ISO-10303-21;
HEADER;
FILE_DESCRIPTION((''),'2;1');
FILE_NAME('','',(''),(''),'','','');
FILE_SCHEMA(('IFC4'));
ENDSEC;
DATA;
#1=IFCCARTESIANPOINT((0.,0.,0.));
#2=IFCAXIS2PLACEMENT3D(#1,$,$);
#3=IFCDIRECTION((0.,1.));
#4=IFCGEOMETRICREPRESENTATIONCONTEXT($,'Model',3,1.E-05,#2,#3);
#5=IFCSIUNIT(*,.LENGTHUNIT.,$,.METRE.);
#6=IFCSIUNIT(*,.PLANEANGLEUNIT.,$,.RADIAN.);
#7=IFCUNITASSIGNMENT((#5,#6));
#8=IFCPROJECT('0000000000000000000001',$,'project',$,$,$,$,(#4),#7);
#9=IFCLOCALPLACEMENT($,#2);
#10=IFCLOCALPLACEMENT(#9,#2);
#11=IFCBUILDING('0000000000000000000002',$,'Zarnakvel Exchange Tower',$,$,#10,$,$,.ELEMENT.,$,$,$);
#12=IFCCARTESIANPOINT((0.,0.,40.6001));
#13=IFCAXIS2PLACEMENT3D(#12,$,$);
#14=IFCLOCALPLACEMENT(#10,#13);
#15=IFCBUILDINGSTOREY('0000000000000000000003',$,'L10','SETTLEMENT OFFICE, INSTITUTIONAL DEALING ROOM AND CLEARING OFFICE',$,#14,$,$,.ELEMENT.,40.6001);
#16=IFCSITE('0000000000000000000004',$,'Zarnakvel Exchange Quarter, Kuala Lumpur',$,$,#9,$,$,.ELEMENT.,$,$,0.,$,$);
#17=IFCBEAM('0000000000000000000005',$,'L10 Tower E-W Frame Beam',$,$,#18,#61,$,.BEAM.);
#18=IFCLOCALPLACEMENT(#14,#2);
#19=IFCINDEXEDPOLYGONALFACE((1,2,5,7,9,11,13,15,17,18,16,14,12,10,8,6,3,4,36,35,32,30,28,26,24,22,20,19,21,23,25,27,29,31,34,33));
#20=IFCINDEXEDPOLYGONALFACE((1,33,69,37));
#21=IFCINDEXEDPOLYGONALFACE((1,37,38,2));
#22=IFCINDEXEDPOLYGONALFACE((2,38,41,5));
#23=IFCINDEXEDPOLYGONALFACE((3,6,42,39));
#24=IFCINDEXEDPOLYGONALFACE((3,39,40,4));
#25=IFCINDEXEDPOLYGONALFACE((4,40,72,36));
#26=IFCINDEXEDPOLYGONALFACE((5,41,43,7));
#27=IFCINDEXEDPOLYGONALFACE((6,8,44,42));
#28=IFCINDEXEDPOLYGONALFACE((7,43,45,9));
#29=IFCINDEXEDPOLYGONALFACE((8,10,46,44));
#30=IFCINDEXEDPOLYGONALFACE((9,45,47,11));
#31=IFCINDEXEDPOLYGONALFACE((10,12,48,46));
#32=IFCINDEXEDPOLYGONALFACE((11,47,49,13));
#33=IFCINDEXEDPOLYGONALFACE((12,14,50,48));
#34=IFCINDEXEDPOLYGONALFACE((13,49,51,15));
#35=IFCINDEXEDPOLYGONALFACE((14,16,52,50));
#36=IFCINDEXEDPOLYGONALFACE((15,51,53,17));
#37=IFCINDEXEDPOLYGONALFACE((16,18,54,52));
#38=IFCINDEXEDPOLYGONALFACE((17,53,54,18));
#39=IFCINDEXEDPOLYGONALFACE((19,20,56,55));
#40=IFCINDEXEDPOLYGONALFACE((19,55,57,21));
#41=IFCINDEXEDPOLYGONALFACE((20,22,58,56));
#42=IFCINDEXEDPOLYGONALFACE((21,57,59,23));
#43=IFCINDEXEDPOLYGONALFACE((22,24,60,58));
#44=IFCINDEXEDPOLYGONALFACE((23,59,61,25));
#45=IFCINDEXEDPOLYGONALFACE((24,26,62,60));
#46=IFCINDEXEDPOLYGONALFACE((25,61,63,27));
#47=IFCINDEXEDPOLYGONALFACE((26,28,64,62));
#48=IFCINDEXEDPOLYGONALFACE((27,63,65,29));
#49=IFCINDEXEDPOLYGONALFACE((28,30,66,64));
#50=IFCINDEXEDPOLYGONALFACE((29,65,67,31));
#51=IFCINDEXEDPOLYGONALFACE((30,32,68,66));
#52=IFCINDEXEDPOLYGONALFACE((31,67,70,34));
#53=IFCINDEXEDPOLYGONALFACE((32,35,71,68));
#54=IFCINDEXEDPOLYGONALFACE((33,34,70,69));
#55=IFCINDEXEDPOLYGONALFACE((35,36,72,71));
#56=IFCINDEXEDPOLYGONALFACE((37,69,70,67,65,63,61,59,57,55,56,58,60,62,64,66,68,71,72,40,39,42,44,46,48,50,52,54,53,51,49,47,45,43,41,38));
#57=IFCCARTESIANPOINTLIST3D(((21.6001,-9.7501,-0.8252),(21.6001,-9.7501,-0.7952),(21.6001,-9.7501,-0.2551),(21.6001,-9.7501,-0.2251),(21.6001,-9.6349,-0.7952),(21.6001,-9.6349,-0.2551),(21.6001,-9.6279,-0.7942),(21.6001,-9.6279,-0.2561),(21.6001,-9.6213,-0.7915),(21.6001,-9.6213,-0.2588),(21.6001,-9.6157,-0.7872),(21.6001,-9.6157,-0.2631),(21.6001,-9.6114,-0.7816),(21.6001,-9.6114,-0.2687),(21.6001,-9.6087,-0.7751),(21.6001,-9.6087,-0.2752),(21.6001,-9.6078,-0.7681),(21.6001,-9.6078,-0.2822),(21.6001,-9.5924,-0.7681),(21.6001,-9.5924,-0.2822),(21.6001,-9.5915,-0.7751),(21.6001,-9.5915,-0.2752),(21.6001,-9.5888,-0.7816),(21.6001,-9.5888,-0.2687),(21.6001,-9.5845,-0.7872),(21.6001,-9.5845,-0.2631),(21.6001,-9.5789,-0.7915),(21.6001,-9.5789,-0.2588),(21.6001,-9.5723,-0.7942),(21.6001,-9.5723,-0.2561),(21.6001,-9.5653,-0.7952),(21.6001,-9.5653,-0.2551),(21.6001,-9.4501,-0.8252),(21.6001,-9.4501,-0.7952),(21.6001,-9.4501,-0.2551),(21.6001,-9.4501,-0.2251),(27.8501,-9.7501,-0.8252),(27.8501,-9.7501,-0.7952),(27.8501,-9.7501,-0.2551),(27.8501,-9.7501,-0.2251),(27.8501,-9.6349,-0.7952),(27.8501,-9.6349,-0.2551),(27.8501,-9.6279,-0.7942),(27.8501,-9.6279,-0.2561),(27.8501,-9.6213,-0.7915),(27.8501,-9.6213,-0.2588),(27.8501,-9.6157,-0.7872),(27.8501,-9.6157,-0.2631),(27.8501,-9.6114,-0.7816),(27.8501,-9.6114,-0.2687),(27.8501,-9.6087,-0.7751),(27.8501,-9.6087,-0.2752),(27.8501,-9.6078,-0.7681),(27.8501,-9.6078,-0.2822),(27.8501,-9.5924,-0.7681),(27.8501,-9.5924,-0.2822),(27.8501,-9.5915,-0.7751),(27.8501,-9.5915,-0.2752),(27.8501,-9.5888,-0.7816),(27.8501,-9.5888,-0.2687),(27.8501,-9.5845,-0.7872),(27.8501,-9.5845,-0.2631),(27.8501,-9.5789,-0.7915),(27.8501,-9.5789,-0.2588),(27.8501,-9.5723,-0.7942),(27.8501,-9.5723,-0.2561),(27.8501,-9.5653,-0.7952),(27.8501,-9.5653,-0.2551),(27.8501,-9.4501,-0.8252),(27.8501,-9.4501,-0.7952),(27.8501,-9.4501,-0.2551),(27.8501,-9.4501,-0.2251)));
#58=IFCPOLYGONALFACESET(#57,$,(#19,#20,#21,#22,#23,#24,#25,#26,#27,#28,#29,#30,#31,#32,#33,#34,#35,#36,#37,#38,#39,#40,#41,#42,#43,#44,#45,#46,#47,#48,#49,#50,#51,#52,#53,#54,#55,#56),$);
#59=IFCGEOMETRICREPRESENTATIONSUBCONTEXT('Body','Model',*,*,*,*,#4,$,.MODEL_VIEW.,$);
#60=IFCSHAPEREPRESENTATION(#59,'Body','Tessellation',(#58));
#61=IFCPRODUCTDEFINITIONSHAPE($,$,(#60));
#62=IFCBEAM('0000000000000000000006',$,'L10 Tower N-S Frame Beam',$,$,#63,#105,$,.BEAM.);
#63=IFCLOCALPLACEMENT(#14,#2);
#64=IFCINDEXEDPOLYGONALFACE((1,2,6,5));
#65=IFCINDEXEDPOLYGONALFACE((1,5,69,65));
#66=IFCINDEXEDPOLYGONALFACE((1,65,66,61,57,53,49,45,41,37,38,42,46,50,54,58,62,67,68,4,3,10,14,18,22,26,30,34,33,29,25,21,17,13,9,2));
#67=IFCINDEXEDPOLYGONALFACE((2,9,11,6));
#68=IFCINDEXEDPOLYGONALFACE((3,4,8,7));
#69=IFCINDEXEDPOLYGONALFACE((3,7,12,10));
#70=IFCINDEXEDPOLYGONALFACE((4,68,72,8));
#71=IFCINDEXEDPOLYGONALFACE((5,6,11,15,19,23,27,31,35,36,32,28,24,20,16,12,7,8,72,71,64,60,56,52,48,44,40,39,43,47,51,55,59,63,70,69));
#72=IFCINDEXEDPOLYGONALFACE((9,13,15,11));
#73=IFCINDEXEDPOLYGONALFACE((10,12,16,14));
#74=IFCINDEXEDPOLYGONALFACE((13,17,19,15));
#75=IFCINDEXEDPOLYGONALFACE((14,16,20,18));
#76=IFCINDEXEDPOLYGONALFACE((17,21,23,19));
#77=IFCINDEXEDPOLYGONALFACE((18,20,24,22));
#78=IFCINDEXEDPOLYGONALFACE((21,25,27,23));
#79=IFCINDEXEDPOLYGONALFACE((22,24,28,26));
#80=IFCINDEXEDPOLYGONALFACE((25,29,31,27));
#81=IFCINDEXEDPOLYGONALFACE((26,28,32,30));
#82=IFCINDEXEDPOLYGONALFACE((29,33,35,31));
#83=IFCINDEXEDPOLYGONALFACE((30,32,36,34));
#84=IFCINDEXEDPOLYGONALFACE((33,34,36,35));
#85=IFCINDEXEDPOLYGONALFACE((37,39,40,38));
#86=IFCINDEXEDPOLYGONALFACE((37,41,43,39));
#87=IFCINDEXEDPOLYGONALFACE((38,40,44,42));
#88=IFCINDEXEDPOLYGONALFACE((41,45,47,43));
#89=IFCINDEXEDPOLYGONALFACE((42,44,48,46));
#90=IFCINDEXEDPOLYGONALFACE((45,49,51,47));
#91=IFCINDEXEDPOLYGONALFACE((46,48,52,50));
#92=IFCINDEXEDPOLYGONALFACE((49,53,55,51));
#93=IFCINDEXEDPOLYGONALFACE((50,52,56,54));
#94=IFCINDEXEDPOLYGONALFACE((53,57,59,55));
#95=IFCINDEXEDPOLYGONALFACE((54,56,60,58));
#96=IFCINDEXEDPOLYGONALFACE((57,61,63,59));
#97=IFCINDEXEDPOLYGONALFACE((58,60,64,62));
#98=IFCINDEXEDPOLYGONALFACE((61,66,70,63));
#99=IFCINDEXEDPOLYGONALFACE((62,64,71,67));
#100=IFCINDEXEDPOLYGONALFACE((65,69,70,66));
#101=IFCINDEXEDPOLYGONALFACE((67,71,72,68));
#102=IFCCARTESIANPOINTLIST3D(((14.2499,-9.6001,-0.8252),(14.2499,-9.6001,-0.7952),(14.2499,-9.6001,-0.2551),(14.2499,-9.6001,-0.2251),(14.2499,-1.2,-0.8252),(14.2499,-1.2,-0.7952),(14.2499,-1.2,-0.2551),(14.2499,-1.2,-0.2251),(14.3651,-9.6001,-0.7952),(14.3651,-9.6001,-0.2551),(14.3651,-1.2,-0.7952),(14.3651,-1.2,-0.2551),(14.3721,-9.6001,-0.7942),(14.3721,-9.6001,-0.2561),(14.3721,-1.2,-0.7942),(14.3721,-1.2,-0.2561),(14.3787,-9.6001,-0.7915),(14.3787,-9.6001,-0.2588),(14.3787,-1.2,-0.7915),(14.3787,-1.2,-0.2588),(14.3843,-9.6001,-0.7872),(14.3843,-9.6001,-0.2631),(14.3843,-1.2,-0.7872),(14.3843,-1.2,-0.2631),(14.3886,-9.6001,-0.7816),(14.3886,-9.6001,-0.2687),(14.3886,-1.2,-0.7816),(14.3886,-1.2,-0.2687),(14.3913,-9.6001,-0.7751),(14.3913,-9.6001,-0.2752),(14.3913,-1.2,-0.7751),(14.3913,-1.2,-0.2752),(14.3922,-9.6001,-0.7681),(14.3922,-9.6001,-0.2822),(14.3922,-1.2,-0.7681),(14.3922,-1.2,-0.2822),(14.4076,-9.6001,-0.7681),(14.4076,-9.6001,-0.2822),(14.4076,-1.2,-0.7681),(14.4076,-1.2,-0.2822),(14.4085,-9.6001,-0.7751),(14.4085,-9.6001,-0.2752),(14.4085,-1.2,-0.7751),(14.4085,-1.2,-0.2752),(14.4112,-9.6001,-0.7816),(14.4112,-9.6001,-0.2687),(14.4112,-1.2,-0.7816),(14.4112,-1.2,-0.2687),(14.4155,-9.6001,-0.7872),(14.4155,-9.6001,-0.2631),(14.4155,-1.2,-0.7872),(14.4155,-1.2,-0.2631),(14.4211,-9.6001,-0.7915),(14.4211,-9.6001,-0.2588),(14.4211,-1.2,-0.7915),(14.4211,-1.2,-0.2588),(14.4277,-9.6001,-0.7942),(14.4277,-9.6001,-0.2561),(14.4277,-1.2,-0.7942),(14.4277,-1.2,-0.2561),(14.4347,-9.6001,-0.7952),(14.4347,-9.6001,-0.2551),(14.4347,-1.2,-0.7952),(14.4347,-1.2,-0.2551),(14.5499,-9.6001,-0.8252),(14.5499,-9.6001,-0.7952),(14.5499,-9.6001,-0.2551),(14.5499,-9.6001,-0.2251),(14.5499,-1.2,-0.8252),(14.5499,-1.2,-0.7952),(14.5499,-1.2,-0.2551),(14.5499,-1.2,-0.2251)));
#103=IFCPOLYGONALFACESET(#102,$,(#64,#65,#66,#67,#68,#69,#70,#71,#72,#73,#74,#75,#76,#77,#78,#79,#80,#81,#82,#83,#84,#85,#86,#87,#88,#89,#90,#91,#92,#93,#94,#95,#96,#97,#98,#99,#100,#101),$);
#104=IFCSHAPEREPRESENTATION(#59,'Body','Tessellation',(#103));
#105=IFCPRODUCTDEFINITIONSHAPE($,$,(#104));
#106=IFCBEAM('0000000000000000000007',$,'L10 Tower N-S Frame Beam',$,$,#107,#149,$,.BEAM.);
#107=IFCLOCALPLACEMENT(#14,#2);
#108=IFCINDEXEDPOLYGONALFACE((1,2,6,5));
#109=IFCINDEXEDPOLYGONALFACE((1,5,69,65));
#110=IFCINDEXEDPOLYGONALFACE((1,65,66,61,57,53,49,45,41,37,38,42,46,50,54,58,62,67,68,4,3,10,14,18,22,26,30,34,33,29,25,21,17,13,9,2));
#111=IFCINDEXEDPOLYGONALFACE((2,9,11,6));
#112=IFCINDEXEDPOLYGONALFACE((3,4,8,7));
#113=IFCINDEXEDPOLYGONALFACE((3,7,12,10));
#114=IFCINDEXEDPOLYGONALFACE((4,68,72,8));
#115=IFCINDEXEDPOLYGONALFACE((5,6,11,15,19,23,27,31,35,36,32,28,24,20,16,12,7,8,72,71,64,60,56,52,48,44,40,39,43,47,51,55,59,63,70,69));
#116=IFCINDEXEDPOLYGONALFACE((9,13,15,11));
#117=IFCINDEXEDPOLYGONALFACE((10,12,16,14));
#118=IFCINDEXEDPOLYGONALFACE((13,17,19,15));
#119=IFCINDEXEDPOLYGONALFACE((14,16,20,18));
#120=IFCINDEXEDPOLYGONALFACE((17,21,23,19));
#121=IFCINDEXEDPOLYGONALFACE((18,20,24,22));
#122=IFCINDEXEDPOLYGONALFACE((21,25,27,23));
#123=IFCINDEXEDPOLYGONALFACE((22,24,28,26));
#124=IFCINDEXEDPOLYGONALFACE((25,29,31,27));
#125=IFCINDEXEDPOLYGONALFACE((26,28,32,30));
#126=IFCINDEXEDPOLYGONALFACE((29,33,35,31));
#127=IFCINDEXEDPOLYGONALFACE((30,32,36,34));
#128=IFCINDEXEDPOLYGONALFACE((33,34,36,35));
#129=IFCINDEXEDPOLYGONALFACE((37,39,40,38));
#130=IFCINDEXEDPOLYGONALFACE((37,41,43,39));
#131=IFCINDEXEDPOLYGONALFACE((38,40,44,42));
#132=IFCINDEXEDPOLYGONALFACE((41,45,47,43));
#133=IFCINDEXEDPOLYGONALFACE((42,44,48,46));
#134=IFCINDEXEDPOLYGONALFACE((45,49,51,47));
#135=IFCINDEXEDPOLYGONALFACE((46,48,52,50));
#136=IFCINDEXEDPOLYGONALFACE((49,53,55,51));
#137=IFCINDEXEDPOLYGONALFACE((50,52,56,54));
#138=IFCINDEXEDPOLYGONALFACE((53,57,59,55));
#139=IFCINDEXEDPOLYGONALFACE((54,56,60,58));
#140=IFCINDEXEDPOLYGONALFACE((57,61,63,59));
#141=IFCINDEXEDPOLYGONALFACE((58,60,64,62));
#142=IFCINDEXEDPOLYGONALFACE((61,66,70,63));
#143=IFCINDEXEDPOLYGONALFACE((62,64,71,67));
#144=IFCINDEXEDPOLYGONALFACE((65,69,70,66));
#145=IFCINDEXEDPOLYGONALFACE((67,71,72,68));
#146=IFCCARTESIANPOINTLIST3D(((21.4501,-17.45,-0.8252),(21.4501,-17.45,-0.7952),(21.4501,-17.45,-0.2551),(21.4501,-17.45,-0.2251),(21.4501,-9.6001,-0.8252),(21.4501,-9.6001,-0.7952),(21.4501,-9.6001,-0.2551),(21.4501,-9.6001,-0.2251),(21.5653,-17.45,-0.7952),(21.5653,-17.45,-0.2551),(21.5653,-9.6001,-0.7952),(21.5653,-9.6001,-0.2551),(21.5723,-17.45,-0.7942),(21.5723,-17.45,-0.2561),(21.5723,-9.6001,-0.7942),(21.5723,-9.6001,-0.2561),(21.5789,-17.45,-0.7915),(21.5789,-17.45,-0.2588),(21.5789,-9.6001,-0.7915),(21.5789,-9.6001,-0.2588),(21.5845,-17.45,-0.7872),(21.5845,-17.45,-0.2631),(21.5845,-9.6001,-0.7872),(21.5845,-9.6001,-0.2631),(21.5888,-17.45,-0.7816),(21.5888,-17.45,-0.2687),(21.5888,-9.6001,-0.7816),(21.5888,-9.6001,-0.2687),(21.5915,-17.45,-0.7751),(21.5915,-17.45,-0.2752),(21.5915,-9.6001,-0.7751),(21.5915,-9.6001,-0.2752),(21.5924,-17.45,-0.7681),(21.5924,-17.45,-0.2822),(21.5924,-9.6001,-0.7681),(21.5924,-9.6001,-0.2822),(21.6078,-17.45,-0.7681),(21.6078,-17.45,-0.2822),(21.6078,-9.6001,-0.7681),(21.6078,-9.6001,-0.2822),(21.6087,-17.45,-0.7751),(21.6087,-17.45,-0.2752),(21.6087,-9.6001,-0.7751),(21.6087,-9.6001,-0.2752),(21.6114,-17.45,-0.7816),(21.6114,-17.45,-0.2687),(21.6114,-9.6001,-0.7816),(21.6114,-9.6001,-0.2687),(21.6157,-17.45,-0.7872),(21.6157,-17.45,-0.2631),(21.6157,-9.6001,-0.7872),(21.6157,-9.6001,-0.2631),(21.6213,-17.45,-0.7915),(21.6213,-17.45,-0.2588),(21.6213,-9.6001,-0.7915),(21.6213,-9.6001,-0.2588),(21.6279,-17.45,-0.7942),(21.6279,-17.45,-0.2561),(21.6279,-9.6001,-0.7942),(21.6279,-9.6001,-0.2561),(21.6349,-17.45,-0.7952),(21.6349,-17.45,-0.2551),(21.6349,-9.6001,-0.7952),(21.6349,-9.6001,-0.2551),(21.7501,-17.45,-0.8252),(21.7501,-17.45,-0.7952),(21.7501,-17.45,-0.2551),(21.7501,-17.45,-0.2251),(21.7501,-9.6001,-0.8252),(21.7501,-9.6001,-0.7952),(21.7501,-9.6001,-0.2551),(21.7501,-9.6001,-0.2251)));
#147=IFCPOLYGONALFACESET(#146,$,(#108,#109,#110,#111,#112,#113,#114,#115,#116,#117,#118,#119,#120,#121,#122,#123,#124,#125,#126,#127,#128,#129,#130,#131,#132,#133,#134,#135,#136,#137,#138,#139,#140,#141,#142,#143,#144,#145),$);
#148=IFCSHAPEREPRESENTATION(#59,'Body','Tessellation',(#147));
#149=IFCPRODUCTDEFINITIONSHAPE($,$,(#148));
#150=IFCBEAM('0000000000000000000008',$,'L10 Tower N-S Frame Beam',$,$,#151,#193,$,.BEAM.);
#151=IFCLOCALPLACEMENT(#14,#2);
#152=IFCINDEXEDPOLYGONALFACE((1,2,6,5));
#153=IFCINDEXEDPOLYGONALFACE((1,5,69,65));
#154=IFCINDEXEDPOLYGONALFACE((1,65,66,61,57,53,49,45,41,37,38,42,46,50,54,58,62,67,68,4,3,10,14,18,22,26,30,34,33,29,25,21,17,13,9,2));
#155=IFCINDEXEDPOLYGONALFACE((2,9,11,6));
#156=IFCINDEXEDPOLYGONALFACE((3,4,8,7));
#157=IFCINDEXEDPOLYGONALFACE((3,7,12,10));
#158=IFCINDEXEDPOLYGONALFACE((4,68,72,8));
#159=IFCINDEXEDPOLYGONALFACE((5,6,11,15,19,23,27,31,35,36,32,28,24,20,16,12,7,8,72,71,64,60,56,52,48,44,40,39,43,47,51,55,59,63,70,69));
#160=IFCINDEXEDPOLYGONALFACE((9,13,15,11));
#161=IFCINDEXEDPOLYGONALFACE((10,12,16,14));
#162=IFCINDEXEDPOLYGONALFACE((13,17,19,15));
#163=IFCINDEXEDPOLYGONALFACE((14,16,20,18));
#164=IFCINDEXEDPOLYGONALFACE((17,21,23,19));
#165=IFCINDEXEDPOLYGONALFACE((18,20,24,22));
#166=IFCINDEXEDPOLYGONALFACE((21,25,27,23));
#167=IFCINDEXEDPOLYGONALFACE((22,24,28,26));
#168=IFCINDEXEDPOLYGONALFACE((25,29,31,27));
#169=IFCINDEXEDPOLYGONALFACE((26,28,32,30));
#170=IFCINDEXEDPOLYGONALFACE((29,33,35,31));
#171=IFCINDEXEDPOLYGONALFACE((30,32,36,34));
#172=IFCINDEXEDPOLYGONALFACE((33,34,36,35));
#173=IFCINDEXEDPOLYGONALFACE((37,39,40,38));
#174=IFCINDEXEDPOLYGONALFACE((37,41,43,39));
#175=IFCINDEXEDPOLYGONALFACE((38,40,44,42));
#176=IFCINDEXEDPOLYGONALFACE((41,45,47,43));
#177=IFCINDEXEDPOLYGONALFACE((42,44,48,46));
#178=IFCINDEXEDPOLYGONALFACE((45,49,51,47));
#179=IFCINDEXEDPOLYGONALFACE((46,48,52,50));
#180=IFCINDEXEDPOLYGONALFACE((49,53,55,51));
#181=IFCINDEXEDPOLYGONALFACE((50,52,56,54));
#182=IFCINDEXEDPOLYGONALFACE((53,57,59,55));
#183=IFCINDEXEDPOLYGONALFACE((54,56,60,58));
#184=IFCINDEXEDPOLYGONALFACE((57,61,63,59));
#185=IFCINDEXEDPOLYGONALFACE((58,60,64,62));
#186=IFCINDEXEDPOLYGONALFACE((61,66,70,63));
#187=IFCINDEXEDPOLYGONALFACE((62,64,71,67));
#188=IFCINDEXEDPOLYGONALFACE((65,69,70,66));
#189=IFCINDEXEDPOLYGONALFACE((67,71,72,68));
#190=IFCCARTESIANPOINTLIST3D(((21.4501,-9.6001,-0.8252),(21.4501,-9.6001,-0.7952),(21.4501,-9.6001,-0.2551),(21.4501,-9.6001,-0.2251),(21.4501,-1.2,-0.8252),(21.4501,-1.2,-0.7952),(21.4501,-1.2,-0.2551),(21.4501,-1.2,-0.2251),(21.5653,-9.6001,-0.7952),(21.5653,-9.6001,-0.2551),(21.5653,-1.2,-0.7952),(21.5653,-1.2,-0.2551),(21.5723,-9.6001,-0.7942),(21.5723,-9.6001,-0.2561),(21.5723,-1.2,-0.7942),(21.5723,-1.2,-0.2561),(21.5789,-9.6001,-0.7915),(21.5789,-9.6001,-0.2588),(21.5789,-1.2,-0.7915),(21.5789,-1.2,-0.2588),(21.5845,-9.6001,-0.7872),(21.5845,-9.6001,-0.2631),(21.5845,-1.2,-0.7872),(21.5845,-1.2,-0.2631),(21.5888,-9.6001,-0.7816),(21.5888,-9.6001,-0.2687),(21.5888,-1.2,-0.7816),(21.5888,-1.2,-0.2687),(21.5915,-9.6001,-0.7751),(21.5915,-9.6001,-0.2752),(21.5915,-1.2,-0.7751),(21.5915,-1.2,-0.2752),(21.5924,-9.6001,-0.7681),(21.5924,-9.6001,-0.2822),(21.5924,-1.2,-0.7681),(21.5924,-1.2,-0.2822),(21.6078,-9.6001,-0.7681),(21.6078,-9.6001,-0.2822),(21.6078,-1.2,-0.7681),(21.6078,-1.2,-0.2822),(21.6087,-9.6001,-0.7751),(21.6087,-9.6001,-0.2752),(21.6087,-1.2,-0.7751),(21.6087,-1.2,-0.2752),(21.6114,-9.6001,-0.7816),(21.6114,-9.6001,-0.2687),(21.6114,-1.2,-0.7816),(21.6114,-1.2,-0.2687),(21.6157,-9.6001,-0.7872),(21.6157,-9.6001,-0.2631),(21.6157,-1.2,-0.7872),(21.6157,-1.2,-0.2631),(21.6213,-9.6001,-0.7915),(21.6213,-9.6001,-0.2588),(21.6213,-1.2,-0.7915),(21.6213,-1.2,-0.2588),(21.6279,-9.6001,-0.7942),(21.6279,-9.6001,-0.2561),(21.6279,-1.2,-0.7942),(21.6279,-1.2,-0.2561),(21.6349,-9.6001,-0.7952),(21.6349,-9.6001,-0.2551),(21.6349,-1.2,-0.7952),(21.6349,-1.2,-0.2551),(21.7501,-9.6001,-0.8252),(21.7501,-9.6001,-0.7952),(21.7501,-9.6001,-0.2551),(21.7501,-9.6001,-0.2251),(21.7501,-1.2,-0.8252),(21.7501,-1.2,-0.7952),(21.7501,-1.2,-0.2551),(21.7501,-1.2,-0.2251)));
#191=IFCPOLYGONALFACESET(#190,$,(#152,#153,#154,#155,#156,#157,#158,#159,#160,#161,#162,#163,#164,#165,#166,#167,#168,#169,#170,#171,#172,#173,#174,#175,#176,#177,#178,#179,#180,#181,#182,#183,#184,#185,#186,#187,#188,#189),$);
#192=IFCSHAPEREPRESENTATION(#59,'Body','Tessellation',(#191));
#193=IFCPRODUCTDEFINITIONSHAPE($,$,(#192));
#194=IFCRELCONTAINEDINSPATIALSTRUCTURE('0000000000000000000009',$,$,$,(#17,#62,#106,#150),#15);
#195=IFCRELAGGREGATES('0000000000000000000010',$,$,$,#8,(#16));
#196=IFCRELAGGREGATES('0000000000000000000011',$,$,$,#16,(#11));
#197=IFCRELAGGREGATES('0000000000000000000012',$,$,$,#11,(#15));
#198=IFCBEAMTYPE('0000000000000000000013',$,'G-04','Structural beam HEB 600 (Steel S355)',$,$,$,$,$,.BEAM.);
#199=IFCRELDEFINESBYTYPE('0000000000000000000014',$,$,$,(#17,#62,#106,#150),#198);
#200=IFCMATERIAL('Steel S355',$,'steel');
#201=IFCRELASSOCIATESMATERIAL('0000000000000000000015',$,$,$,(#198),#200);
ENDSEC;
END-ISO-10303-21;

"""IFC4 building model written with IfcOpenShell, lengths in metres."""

from ifc_helpers import new_model, si_unit, direction, frame, origin, origin_2d, place, context, subcontext, project, spatial, i_section, extrude, material, material_profile, profile_set, type_object, element, save


model = new_model("IFC4")

# Units and contexts
model_context = context("Model", 3, precision=1e-05, world=origin(), true_north=direction((0.0, 1.0)))
body_context = subcontext(model_context, "Body", "Model", "MODEL_VIEW")
ifc_project = project(units=[si_unit("LENGTHUNIT", "METRE"), si_unit("PLANEANGLEUNIT", "RADIAN")], contexts=[model_context])

# Site, building, storey
site_placement = place(None, origin())
site = spatial("IfcSite", under=ifc_project, at=site_placement, Name="Zarnakvel Exchange Quarter, Kuala Lumpur", CompositionType="ELEMENT", RefElevation=0.0)
building_placement = place(site_placement, origin())
building = spatial("IfcBuilding", under=site, at=building_placement, Name="Zarnakvel Exchange Tower", CompositionType="ELEMENT")
storey_placement = place(building_placement, frame((0.0, 0.0, 40.6001)))
storey = spatial("IfcBuildingStorey", under=building, at=storey_placement, Name="L10", Description="SETTLEMENT OFFICE, INSTITUTIONAL DEALING ROOM AND CLEARING OFFICE", CompositionType="ELEMENT", Elevation=40.6001)

# Beams
ifc_material_1 = material(Name="Steel S355", Category="steel")
ifc_material_profile_1 = material_profile(ifc_material_1, i_section(OverallWidth=0.3, OverallDepth=0.6001, WebThickness=0.0154, FlangeThickness=0.03, FilletRadius=0.0271, at=origin_2d()))
ifc_profile_set_1 = profile_set([ifc_material_profile_1], Name="Steel S355")
beam_type_1 = type_object("IfcBeamType", Name="G-04", Description="Structural beam HEB 600 (Steel S355)", PredefinedType="BEAM", material=ifc_profile_set_1)
beam_1_placement = place(storey_placement, frame((21.6001, -9.6001, -0.5251), z_axis=(1.0, 0.0, 0.0), x_axis=(0.0, 1.0, 0.0)))
element("IfcBeam", 1, at=beam_1_placement, inside=storey, type_object=beam_type_1, Name="L10 Tower E-W Frame Beam", PredefinedType="BEAM", context=body_context, shape_type="SweptSolid", body=[
    extrude(i_section(OverallWidth=0.3, OverallDepth=0.6001, WebThickness=0.0154, FlangeThickness=0.03, FilletRadius=0.0271, at=origin_2d()), origin(), (0.0, 0.0, 1.0), 6.25),
])
beam_2_placement = place(storey_placement, frame((14.3999, -9.6001, -0.5251), z_axis=(0.0, 1.0, 0.0), x_axis=(-1.0, 0.0, 0.0)))
element("IfcBeam", 2, at=beam_2_placement, inside=storey, type_object=beam_type_1, Name="L10 Tower N-S Frame Beam", PredefinedType="BEAM", context=body_context, shape_type="SweptSolid", body=[
    extrude(i_section(OverallWidth=0.3, OverallDepth=0.6001, WebThickness=0.0154, FlangeThickness=0.03, FilletRadius=0.0271, at=origin_2d()), origin(), (0.0, 0.0, 1.0), 8.4001),
])
beam_3_placement = place(storey_placement, frame((21.6001, -17.45, -0.5251), z_axis=(0.0, 1.0, 0.0), x_axis=(-1.0, 0.0, 0.0)))
element("IfcBeam", 3, at=beam_3_placement, inside=storey, type_object=beam_type_1, Name="L10 Tower N-S Frame Beam", PredefinedType="BEAM", context=body_context, shape_type="SweptSolid", body=[
    extrude(i_section(OverallWidth=0.3, OverallDepth=0.6001, WebThickness=0.0154, FlangeThickness=0.03, FilletRadius=0.0271, at=origin_2d()), origin(), (0.0, 0.0, 1.0), 7.8499),
])
beam_4_placement = place(storey_placement, frame((21.6001, -9.6001, -0.5251), z_axis=(0.0, 1.0, 0.0), x_axis=(-1.0, 0.0, 0.0)))
element("IfcBeam", 4, at=beam_4_placement, inside=storey, type_object=beam_type_1, Name="L10 Tower N-S Frame Beam", PredefinedType="BEAM", context=body_context, shape_type="SweptSolid", body=[
    extrude(i_section(OverallWidth=0.3, OverallDepth=0.6001, WebThickness=0.0154, FlangeThickness=0.03, FilletRadius=0.0271, at=origin_2d()), origin(), (0.0, 0.0, 1.0), 8.4001),
])

save(model, "model.ifc")
